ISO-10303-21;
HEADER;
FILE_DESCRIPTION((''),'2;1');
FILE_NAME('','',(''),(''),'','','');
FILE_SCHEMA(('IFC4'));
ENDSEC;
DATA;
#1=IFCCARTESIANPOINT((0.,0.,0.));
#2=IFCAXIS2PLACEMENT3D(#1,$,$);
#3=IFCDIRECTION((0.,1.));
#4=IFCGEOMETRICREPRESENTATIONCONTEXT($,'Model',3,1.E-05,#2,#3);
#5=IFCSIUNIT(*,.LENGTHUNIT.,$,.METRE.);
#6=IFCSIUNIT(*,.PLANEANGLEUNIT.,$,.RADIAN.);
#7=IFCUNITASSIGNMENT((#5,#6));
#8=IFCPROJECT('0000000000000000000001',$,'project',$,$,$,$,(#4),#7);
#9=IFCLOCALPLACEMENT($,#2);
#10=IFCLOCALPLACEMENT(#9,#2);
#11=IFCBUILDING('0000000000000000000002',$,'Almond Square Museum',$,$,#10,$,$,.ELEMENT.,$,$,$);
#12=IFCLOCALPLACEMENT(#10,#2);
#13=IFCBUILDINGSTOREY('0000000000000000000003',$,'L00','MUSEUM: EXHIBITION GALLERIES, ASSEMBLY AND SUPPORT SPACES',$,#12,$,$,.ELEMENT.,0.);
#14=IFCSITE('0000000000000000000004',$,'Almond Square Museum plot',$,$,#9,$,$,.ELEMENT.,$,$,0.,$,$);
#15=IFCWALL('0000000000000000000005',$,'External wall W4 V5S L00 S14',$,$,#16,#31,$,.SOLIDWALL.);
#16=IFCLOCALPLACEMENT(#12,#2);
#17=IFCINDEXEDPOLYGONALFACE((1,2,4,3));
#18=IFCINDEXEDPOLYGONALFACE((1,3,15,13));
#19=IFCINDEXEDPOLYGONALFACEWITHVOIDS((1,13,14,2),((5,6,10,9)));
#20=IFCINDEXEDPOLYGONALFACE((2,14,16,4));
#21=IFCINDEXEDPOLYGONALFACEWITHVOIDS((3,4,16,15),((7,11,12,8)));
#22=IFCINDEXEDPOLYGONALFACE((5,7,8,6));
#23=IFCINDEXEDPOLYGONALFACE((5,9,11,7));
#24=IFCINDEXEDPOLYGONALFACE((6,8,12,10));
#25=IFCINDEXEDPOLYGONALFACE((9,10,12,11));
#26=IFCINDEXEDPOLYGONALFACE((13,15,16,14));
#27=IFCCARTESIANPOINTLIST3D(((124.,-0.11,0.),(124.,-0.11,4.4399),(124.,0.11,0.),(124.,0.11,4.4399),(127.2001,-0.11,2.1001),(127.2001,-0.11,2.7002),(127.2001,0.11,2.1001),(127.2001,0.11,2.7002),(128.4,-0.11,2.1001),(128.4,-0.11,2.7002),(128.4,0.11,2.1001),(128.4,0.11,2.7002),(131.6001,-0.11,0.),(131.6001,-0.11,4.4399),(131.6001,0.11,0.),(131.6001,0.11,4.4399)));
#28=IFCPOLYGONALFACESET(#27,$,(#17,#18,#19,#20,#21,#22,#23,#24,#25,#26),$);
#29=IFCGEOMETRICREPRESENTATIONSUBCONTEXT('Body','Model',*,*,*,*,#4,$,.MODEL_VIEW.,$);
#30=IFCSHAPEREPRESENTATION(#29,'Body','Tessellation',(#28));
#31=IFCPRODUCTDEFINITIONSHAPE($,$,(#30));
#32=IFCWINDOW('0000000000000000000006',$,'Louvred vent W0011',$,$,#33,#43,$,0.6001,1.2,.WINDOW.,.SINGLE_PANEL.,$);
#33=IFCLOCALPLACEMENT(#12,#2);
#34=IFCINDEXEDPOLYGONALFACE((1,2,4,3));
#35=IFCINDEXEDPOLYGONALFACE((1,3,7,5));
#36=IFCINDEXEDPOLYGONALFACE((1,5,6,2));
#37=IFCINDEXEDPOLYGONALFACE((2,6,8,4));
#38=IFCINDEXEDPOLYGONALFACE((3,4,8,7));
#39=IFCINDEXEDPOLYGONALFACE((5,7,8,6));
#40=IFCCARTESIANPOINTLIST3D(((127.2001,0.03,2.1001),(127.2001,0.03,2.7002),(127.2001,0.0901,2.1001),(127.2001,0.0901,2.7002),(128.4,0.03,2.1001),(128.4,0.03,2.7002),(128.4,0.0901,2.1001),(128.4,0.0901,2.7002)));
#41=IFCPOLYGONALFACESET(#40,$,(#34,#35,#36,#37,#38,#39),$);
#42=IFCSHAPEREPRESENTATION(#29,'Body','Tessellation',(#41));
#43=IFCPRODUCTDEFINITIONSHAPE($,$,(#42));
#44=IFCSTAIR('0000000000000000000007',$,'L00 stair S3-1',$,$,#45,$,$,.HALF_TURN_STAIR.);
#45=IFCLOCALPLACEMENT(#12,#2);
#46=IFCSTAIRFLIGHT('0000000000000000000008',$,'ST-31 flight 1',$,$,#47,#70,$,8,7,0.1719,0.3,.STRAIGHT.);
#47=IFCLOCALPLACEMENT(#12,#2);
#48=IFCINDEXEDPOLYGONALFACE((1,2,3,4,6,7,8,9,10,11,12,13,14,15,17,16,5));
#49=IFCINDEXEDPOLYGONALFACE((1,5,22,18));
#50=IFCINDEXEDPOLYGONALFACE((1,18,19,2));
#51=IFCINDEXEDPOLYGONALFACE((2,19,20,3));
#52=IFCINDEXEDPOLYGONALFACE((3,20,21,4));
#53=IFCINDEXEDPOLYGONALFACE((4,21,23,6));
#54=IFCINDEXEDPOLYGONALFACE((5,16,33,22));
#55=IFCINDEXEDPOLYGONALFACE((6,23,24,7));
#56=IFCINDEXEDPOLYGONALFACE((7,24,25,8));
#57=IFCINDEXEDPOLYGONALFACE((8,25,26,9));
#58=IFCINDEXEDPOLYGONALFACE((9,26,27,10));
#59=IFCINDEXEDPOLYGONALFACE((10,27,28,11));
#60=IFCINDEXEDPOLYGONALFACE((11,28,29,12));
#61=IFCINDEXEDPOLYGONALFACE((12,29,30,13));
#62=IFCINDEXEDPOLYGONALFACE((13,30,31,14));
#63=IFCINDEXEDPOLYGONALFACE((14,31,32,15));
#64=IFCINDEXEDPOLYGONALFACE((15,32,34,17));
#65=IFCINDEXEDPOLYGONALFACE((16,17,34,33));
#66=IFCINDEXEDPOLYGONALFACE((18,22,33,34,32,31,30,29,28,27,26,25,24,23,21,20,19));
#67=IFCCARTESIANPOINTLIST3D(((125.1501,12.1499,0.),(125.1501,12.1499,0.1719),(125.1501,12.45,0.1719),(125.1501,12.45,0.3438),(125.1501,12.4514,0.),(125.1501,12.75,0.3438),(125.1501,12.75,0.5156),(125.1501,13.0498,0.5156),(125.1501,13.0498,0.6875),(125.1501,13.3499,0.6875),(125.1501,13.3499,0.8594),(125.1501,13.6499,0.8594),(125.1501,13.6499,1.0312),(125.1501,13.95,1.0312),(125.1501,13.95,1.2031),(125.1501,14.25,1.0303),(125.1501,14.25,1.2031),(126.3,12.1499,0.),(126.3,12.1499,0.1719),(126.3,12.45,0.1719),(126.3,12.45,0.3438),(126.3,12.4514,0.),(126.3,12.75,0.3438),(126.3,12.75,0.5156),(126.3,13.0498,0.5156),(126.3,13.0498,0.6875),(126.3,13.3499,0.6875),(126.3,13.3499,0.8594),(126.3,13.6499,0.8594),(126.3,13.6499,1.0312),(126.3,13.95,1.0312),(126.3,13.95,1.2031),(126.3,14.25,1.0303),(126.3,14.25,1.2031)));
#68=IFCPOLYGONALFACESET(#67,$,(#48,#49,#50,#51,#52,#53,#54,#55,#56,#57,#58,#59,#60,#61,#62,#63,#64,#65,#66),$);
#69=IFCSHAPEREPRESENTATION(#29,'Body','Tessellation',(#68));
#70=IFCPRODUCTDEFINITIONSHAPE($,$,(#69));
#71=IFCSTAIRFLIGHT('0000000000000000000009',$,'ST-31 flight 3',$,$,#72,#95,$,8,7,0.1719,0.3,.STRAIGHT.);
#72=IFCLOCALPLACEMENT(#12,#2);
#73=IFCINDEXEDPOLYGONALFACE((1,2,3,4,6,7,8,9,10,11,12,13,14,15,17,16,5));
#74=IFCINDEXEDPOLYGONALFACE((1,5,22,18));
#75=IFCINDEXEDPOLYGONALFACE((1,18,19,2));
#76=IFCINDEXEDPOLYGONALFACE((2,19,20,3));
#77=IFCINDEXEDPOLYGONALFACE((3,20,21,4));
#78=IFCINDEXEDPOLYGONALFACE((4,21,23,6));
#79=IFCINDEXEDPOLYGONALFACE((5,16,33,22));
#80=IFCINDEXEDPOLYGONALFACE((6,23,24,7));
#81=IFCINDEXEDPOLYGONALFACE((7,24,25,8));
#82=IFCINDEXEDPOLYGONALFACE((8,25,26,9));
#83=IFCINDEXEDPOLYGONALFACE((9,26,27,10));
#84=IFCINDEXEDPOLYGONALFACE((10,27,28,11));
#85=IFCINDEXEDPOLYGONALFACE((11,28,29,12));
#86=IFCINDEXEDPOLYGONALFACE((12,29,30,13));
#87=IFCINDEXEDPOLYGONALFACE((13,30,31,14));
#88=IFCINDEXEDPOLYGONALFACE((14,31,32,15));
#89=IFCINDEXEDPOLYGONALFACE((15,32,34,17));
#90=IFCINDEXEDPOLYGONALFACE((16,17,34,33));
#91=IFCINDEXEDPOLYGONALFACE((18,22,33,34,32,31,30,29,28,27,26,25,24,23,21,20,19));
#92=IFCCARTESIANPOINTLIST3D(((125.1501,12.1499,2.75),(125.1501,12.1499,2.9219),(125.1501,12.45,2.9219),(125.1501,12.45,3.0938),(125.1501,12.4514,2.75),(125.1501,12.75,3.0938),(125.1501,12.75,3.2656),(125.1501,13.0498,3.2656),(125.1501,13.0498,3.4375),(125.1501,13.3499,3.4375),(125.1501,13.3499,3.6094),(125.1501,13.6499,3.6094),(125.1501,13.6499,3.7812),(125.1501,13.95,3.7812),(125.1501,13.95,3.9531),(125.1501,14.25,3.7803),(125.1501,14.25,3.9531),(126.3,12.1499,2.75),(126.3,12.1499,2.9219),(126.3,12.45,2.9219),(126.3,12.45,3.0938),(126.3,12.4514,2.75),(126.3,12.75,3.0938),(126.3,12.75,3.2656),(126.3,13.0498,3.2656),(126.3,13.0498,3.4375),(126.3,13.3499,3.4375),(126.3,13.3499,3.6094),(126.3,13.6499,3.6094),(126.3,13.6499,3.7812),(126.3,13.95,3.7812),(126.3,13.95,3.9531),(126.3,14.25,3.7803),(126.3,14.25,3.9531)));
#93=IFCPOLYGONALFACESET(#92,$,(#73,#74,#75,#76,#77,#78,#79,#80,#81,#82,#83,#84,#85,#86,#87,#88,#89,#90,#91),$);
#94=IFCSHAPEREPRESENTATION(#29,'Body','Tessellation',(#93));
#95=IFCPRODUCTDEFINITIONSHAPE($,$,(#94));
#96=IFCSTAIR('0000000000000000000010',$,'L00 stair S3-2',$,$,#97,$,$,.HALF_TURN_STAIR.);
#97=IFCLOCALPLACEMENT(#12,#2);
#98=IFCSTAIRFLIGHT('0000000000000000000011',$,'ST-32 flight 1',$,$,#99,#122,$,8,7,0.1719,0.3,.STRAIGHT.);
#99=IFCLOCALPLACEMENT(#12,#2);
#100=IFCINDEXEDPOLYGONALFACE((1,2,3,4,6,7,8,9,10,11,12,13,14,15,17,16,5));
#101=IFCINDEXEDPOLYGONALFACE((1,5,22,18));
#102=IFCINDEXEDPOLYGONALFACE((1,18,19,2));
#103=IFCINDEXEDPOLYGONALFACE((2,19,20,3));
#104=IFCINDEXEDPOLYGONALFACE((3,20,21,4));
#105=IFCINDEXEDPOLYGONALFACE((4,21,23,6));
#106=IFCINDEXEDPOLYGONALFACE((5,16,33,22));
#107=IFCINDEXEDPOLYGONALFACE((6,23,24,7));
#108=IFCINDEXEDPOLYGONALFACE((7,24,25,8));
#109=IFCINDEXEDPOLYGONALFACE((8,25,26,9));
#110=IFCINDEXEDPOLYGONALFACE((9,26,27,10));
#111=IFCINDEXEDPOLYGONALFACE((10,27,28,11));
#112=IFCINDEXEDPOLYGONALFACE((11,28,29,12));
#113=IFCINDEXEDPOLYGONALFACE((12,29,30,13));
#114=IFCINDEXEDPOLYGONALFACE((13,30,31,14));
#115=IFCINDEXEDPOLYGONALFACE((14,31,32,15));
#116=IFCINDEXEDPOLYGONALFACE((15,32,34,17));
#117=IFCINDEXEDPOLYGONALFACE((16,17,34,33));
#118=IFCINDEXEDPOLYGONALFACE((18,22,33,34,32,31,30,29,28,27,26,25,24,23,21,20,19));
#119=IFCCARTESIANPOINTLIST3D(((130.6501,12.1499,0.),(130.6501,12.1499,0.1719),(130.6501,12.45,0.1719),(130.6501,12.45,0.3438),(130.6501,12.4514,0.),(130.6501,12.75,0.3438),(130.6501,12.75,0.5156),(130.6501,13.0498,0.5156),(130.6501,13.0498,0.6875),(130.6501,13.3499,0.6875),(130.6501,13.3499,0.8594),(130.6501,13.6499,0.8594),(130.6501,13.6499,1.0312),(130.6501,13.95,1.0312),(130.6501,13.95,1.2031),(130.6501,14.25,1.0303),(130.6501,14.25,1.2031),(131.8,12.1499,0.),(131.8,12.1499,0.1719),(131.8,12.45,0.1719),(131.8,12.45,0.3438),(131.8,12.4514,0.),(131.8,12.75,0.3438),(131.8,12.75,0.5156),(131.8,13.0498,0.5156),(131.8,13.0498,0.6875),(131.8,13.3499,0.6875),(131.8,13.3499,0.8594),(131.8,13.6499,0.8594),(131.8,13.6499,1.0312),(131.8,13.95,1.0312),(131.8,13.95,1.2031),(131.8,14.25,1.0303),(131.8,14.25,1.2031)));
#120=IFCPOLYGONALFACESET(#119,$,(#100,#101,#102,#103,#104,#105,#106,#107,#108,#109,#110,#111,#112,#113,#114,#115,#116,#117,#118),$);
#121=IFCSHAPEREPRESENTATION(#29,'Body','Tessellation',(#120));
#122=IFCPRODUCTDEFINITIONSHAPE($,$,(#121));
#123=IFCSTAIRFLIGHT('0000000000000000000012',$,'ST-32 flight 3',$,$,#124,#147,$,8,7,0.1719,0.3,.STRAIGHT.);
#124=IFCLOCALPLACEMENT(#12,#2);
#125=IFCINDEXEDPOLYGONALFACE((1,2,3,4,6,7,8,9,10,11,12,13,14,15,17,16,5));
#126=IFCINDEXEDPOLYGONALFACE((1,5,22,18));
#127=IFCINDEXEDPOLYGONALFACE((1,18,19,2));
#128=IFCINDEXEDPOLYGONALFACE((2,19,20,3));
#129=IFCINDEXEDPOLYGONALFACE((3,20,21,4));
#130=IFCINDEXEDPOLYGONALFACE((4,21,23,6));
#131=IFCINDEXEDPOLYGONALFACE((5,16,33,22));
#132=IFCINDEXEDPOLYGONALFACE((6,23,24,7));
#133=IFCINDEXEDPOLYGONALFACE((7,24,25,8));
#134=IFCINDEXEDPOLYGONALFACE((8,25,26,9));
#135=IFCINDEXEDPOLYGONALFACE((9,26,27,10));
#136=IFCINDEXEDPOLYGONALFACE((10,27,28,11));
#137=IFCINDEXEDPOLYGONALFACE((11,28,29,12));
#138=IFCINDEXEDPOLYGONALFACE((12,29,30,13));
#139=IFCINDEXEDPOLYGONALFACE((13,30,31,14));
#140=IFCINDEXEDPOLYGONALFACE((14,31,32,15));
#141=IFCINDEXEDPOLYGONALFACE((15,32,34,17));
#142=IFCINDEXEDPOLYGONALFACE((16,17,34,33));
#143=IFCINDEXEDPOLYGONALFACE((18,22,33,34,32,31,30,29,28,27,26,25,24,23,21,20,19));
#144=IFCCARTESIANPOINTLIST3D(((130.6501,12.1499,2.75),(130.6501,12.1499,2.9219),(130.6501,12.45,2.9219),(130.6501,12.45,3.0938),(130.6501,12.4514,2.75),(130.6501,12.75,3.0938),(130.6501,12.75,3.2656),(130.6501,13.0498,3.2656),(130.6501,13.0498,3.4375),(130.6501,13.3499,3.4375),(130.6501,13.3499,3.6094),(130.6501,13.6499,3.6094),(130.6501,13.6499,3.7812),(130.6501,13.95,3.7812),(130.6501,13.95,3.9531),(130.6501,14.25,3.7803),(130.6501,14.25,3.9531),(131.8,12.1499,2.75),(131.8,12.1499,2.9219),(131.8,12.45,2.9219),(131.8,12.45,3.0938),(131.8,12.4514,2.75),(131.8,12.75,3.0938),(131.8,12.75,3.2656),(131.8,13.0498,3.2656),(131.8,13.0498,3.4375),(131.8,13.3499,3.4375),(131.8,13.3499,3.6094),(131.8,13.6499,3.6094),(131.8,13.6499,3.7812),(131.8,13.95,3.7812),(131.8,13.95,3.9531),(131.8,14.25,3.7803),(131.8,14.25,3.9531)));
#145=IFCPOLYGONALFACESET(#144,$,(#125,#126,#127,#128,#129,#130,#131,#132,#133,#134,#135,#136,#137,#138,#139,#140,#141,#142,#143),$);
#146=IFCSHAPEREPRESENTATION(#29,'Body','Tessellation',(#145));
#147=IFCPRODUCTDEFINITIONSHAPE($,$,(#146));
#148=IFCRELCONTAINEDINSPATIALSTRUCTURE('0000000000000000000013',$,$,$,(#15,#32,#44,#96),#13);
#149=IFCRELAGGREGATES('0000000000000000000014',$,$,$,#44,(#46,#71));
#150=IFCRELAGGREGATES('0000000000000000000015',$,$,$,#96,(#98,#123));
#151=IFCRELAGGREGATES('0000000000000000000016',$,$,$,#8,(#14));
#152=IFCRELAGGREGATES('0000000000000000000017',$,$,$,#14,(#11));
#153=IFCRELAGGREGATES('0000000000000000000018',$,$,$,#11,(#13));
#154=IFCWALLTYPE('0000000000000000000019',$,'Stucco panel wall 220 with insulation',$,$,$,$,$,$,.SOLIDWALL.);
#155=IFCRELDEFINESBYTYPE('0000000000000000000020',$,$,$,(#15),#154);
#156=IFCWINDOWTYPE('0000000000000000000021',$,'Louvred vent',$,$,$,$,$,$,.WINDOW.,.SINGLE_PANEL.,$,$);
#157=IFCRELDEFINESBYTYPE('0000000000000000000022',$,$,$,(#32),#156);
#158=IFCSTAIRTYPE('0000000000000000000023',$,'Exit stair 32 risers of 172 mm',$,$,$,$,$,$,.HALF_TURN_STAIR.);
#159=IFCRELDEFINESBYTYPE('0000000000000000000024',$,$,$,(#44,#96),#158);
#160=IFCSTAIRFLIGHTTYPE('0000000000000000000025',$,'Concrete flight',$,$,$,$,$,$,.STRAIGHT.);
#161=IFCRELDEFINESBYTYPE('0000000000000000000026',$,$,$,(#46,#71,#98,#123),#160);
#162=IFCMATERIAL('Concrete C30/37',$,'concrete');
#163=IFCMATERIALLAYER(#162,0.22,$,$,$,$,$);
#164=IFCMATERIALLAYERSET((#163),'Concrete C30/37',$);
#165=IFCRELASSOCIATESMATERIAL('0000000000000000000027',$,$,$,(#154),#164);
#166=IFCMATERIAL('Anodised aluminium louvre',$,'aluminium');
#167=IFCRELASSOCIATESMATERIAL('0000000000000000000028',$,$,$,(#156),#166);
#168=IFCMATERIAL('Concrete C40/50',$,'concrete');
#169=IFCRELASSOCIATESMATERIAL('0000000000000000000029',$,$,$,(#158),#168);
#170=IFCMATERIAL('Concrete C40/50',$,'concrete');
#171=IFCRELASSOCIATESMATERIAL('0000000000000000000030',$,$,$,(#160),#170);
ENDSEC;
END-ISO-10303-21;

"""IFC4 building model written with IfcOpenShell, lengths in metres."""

from ifc_helpers import new_model, si_unit, direction, frame, frame_2d, origin, place, context, subcontext, project, spatial, polyline, rectangle, outline, extrude, material, layer, layer_set, type_object, element, fill, aggregate, save


model = new_model("IFC4")

# Units and contexts
model_context = context("Model", 3, precision=1e-05, world=origin(), true_north=direction((0.0, 1.0)))
body_context = subcontext(model_context, "Body", "Model", "MODEL_VIEW")
ifc_project = project(units=[si_unit("LENGTHUNIT", "METRE"), si_unit("PLANEANGLEUNIT", "RADIAN")], contexts=[model_context])

# Site, building, storey
site_placement = place(None, origin())
site = spatial("IfcSite", under=ifc_project, at=site_placement, Name="Almond Square Museum plot", CompositionType="ELEMENT", RefElevation=0.0)
building_placement = place(site_placement, origin())
building = spatial("IfcBuilding", under=site, at=building_placement, Name="Almond Square Museum", CompositionType="ELEMENT")
storey_placement = place(building_placement, origin())
storey = spatial("IfcBuildingStorey", under=building, at=storey_placement, Name="L00", Description="MUSEUM: EXHIBITION GALLERIES, ASSEMBLY AND SUPPORT SPACES", CompositionType="ELEMENT", Elevation=0.0)

# Wall, opening, window
ifc_material_1 = material(Name="Concrete C30/37", Category="concrete")
ifc_layer_1 = layer(ifc_material_1, 0.22)
ifc_layer_set_1 = layer_set([ifc_layer_1], Name="Concrete C30/37")
wall_type_1 = type_object("IfcWallType", Name="Stucco panel wall 220 with insulation", PredefinedType="SOLIDWALL", material=ifc_layer_set_1)
wall_1_placement = place(storey_placement, frame((124.0, 0.0, 0.0), z_axis=(0.0, 0.0, 1.0), x_axis=(1.0, 0.0, 0.0)))
wall_1 = element("IfcWall", 1, at=wall_1_placement, inside=storey, type_object=wall_type_1, Name="External wall W4 V5S L00 S14", PredefinedType="SOLIDWALL", context=body_context, shape_type="SweptSolid", body=[
    extrude(rectangle(XDim=7.6001, YDim=0.22, at=frame_2d((3.8, 0.0))), origin(), (0.0, 0.0, 1.0), 4.4399),
])
opening_1_placement = place(wall_1_placement, frame((3.2, 0.0, 2.1001)))
opening_1 = element("IfcOpeningElement", 2, at=opening_1_placement, cuts=wall_1, PredefinedType="OPENING", context=body_context, shape_type="SweptSolid", body=[
    extrude(rectangle(XDim=1.2, YDim=0.6001, at=frame_2d((0.6001, 0.3))), frame((0.0, 0.1199, 0.0), z_axis=(0.0, -1.0, 0.0), x_axis=(1.0, 0.0, 0.0)), (0.0, 0.0, 1.0), 0.24),
])
ifc_material_2 = material(Name="Anodised aluminium louvre", Category="aluminium")
window_type = type_object("IfcWindowType", Name="Louvred vent", PartitioningType="SINGLE_PANEL", PredefinedType="WINDOW", material=ifc_material_2)
window_placement = place(opening_1_placement, origin())
window = element("IfcWindow", 3, at=window_placement, inside=storey, type_object=window_type, Name="Louvred vent W0011", OverallHeight=0.6001, OverallWidth=1.2, PartitioningType="SINGLE_PANEL", PredefinedType="WINDOW", context=body_context, shape_type="SweptSolid", body=[
    extrude(rectangle(XDim=1.2, YDim=0.6001, at=frame_2d((0.6001, 0.3))), frame((0.0, 0.0901, 0.0), z_axis=(0.0, -1.0, 0.0), x_axis=(1.0, 0.0, 0.0)), (0.0, 0.0, 1.0), 0.0601),
])
fill(opening_1, window)

# Stairs, stair flights
ifc_material_3 = material(Name="Concrete C40/50", Category="concrete")
stair_type = type_object("IfcStairType", Name="Exit stair 32 risers of 172 mm", PredefinedType="HALF_TURN_STAIR", material=ifc_material_3)
stair_1_placement = place(storey_placement, origin())
stair_1 = element("IfcStair", 4, at=stair_1_placement, inside=storey, type_object=stair_type, Name="L00 stair S3-1", PredefinedType="HALF_TURN_STAIR")
ifc_material_4 = material(Name="Concrete C40/50", Category="concrete")
stair_flight_type = type_object("IfcStairFlightType", Name="Concrete flight", PredefinedType="STRAIGHT", material=ifc_material_4)
stair_flight_1_placement = place(storey_placement, frame((125.7251, 12.1499, 0.0), z_axis=(0.0, 0.0, 1.0), x_axis=(0.0, 1.0, 0.0)))
stair_flight_1 = element("IfcStairFlight", 5, at=stair_flight_1_placement, type_object=stair_flight_type, Name="ST-31 flight 1", NumberOfRisers=8, NumberOfTreads=7, PredefinedType="STRAIGHT", RiserHeight=0.1719, TreadLength=0.3, context=body_context, shape_type="SweptSolid", body=[
    extrude(outline(polyline([(0.0, 0.0), (0.0, 0.1719), (0.3, 0.1719), (0.3, 0.3438), (0.6001, 0.3438), (0.6001, 0.5156), (0.8999, 0.5156), (0.8999, 0.6875), (1.2, 0.6875), (1.2, 0.8594), (1.5, 0.8594), (1.5, 1.0312), (1.8, 1.0312), (1.8, 1.2031), (2.1001, 1.2031), (2.1001, 1.375), (2.1001, 1.0303), (0.3015, 0.0), (0.0, 0.0)])), frame((0.0, 0.575, 0.0), z_axis=(0.0, -1.0, 0.0), x_axis=(1.0, 0.0, 0.0)), (0.0, 0.0, 1.0), 1.1499),
])
stair_flight_2_placement = place(storey_placement, frame((125.7251, 12.1499, 2.75), z_axis=(0.0, 0.0, 1.0), x_axis=(0.0, 1.0, 0.0)))
stair_flight_2 = element("IfcStairFlight", 6, at=stair_flight_2_placement, type_object=stair_flight_type, Name="ST-31 flight 3", NumberOfRisers=8, NumberOfTreads=7, PredefinedType="STRAIGHT", RiserHeight=0.1719, TreadLength=0.3, context=body_context, shape_type="SweptSolid", body=[
    extrude(outline(polyline([(0.0, 0.0), (0.0, 0.1719), (0.3, 0.1719), (0.3, 0.3438), (0.6001, 0.3438), (0.6001, 0.5156), (0.8999, 0.5156), (0.8999, 0.6875), (1.2, 0.6875), (1.2, 0.8594), (1.5, 0.8594), (1.5, 1.0312), (1.8, 1.0312), (1.8, 1.2031), (2.1001, 1.2031), (2.1001, 1.375), (2.1001, 1.0303), (0.3015, 0.0), (0.0, 0.0)])), frame((0.0, 0.575, 0.0), z_axis=(0.0, -1.0, 0.0), x_axis=(1.0, 0.0, 0.0)), (0.0, 0.0, 1.0), 1.1499),
])
aggregate(stair_1, [stair_flight_1, stair_flight_2])
stair_2_placement = place(storey_placement, origin())
stair_2 = element("IfcStair", 7, at=stair_2_placement, inside=storey, type_object=stair_type, Name="L00 stair S3-2", PredefinedType="HALF_TURN_STAIR")
stair_flight_3_placement = place(storey_placement, frame((131.2251, 12.1499, 0.0), z_axis=(0.0, 0.0, 1.0), x_axis=(0.0, 1.0, 0.0)))
stair_flight_3 = element("IfcStairFlight", 8, at=stair_flight_3_placement, type_object=stair_flight_type, Name="ST-32 flight 1", NumberOfRisers=8, NumberOfTreads=7, PredefinedType="STRAIGHT", RiserHeight=0.1719, TreadLength=0.3, context=body_context, shape_type="SweptSolid", body=[
    extrude(outline(polyline([(0.0, 0.0), (0.0, 0.1719), (0.3, 0.1719), (0.3, 0.3438), (0.6001, 0.3438), (0.6001, 0.5156), (0.8999, 0.5156), (0.8999, 0.6875), (1.2, 0.6875), (1.2, 0.8594), (1.5, 0.8594), (1.5, 1.0312), (1.8, 1.0312), (1.8, 1.2031), (2.1001, 1.2031), (2.1001, 1.375), (2.1001, 1.0303), (0.3015, 0.0), (0.0, 0.0)])), frame((0.0, 0.575, 0.0), z_axis=(0.0, -1.0, 0.0), x_axis=(1.0, 0.0, 0.0)), (0.0, 0.0, 1.0), 1.1499),
])
stair_flight_4_placement = place(storey_placement, frame((131.2251, 12.1499, 2.75), z_axis=(0.0, 0.0, 1.0), x_axis=(0.0, 1.0, 0.0)))
stair_flight_4 = element("IfcStairFlight", 9, at=stair_flight_4_placement, type_object=stair_flight_type, Name="ST-32 flight 3", NumberOfRisers=8, NumberOfTreads=7, PredefinedType="STRAIGHT", RiserHeight=0.1719, TreadLength=0.3, context=body_context, shape_type="SweptSolid", body=[
    extrude(outline(polyline([(0.0, 0.0), (0.0, 0.1719), (0.3, 0.1719), (0.3, 0.3438), (0.6001, 0.3438), (0.6001, 0.5156), (0.8999, 0.5156), (0.8999, 0.6875), (1.2, 0.6875), (1.2, 0.8594), (1.5, 0.8594), (1.5, 1.0312), (1.8, 1.0312), (1.8, 1.2031), (2.1001, 1.2031), (2.1001, 1.375), (2.1001, 1.0303), (0.3015, 0.0), (0.0, 0.0)])), frame((0.0, 0.575, 0.0), z_axis=(0.0, -1.0, 0.0), x_axis=(1.0, 0.0, 0.0)), (0.0, 0.0, 1.0), 1.1499),
])
aggregate(stair_2, [stair_flight_3, stair_flight_4])

save(model, "model.ifc")
